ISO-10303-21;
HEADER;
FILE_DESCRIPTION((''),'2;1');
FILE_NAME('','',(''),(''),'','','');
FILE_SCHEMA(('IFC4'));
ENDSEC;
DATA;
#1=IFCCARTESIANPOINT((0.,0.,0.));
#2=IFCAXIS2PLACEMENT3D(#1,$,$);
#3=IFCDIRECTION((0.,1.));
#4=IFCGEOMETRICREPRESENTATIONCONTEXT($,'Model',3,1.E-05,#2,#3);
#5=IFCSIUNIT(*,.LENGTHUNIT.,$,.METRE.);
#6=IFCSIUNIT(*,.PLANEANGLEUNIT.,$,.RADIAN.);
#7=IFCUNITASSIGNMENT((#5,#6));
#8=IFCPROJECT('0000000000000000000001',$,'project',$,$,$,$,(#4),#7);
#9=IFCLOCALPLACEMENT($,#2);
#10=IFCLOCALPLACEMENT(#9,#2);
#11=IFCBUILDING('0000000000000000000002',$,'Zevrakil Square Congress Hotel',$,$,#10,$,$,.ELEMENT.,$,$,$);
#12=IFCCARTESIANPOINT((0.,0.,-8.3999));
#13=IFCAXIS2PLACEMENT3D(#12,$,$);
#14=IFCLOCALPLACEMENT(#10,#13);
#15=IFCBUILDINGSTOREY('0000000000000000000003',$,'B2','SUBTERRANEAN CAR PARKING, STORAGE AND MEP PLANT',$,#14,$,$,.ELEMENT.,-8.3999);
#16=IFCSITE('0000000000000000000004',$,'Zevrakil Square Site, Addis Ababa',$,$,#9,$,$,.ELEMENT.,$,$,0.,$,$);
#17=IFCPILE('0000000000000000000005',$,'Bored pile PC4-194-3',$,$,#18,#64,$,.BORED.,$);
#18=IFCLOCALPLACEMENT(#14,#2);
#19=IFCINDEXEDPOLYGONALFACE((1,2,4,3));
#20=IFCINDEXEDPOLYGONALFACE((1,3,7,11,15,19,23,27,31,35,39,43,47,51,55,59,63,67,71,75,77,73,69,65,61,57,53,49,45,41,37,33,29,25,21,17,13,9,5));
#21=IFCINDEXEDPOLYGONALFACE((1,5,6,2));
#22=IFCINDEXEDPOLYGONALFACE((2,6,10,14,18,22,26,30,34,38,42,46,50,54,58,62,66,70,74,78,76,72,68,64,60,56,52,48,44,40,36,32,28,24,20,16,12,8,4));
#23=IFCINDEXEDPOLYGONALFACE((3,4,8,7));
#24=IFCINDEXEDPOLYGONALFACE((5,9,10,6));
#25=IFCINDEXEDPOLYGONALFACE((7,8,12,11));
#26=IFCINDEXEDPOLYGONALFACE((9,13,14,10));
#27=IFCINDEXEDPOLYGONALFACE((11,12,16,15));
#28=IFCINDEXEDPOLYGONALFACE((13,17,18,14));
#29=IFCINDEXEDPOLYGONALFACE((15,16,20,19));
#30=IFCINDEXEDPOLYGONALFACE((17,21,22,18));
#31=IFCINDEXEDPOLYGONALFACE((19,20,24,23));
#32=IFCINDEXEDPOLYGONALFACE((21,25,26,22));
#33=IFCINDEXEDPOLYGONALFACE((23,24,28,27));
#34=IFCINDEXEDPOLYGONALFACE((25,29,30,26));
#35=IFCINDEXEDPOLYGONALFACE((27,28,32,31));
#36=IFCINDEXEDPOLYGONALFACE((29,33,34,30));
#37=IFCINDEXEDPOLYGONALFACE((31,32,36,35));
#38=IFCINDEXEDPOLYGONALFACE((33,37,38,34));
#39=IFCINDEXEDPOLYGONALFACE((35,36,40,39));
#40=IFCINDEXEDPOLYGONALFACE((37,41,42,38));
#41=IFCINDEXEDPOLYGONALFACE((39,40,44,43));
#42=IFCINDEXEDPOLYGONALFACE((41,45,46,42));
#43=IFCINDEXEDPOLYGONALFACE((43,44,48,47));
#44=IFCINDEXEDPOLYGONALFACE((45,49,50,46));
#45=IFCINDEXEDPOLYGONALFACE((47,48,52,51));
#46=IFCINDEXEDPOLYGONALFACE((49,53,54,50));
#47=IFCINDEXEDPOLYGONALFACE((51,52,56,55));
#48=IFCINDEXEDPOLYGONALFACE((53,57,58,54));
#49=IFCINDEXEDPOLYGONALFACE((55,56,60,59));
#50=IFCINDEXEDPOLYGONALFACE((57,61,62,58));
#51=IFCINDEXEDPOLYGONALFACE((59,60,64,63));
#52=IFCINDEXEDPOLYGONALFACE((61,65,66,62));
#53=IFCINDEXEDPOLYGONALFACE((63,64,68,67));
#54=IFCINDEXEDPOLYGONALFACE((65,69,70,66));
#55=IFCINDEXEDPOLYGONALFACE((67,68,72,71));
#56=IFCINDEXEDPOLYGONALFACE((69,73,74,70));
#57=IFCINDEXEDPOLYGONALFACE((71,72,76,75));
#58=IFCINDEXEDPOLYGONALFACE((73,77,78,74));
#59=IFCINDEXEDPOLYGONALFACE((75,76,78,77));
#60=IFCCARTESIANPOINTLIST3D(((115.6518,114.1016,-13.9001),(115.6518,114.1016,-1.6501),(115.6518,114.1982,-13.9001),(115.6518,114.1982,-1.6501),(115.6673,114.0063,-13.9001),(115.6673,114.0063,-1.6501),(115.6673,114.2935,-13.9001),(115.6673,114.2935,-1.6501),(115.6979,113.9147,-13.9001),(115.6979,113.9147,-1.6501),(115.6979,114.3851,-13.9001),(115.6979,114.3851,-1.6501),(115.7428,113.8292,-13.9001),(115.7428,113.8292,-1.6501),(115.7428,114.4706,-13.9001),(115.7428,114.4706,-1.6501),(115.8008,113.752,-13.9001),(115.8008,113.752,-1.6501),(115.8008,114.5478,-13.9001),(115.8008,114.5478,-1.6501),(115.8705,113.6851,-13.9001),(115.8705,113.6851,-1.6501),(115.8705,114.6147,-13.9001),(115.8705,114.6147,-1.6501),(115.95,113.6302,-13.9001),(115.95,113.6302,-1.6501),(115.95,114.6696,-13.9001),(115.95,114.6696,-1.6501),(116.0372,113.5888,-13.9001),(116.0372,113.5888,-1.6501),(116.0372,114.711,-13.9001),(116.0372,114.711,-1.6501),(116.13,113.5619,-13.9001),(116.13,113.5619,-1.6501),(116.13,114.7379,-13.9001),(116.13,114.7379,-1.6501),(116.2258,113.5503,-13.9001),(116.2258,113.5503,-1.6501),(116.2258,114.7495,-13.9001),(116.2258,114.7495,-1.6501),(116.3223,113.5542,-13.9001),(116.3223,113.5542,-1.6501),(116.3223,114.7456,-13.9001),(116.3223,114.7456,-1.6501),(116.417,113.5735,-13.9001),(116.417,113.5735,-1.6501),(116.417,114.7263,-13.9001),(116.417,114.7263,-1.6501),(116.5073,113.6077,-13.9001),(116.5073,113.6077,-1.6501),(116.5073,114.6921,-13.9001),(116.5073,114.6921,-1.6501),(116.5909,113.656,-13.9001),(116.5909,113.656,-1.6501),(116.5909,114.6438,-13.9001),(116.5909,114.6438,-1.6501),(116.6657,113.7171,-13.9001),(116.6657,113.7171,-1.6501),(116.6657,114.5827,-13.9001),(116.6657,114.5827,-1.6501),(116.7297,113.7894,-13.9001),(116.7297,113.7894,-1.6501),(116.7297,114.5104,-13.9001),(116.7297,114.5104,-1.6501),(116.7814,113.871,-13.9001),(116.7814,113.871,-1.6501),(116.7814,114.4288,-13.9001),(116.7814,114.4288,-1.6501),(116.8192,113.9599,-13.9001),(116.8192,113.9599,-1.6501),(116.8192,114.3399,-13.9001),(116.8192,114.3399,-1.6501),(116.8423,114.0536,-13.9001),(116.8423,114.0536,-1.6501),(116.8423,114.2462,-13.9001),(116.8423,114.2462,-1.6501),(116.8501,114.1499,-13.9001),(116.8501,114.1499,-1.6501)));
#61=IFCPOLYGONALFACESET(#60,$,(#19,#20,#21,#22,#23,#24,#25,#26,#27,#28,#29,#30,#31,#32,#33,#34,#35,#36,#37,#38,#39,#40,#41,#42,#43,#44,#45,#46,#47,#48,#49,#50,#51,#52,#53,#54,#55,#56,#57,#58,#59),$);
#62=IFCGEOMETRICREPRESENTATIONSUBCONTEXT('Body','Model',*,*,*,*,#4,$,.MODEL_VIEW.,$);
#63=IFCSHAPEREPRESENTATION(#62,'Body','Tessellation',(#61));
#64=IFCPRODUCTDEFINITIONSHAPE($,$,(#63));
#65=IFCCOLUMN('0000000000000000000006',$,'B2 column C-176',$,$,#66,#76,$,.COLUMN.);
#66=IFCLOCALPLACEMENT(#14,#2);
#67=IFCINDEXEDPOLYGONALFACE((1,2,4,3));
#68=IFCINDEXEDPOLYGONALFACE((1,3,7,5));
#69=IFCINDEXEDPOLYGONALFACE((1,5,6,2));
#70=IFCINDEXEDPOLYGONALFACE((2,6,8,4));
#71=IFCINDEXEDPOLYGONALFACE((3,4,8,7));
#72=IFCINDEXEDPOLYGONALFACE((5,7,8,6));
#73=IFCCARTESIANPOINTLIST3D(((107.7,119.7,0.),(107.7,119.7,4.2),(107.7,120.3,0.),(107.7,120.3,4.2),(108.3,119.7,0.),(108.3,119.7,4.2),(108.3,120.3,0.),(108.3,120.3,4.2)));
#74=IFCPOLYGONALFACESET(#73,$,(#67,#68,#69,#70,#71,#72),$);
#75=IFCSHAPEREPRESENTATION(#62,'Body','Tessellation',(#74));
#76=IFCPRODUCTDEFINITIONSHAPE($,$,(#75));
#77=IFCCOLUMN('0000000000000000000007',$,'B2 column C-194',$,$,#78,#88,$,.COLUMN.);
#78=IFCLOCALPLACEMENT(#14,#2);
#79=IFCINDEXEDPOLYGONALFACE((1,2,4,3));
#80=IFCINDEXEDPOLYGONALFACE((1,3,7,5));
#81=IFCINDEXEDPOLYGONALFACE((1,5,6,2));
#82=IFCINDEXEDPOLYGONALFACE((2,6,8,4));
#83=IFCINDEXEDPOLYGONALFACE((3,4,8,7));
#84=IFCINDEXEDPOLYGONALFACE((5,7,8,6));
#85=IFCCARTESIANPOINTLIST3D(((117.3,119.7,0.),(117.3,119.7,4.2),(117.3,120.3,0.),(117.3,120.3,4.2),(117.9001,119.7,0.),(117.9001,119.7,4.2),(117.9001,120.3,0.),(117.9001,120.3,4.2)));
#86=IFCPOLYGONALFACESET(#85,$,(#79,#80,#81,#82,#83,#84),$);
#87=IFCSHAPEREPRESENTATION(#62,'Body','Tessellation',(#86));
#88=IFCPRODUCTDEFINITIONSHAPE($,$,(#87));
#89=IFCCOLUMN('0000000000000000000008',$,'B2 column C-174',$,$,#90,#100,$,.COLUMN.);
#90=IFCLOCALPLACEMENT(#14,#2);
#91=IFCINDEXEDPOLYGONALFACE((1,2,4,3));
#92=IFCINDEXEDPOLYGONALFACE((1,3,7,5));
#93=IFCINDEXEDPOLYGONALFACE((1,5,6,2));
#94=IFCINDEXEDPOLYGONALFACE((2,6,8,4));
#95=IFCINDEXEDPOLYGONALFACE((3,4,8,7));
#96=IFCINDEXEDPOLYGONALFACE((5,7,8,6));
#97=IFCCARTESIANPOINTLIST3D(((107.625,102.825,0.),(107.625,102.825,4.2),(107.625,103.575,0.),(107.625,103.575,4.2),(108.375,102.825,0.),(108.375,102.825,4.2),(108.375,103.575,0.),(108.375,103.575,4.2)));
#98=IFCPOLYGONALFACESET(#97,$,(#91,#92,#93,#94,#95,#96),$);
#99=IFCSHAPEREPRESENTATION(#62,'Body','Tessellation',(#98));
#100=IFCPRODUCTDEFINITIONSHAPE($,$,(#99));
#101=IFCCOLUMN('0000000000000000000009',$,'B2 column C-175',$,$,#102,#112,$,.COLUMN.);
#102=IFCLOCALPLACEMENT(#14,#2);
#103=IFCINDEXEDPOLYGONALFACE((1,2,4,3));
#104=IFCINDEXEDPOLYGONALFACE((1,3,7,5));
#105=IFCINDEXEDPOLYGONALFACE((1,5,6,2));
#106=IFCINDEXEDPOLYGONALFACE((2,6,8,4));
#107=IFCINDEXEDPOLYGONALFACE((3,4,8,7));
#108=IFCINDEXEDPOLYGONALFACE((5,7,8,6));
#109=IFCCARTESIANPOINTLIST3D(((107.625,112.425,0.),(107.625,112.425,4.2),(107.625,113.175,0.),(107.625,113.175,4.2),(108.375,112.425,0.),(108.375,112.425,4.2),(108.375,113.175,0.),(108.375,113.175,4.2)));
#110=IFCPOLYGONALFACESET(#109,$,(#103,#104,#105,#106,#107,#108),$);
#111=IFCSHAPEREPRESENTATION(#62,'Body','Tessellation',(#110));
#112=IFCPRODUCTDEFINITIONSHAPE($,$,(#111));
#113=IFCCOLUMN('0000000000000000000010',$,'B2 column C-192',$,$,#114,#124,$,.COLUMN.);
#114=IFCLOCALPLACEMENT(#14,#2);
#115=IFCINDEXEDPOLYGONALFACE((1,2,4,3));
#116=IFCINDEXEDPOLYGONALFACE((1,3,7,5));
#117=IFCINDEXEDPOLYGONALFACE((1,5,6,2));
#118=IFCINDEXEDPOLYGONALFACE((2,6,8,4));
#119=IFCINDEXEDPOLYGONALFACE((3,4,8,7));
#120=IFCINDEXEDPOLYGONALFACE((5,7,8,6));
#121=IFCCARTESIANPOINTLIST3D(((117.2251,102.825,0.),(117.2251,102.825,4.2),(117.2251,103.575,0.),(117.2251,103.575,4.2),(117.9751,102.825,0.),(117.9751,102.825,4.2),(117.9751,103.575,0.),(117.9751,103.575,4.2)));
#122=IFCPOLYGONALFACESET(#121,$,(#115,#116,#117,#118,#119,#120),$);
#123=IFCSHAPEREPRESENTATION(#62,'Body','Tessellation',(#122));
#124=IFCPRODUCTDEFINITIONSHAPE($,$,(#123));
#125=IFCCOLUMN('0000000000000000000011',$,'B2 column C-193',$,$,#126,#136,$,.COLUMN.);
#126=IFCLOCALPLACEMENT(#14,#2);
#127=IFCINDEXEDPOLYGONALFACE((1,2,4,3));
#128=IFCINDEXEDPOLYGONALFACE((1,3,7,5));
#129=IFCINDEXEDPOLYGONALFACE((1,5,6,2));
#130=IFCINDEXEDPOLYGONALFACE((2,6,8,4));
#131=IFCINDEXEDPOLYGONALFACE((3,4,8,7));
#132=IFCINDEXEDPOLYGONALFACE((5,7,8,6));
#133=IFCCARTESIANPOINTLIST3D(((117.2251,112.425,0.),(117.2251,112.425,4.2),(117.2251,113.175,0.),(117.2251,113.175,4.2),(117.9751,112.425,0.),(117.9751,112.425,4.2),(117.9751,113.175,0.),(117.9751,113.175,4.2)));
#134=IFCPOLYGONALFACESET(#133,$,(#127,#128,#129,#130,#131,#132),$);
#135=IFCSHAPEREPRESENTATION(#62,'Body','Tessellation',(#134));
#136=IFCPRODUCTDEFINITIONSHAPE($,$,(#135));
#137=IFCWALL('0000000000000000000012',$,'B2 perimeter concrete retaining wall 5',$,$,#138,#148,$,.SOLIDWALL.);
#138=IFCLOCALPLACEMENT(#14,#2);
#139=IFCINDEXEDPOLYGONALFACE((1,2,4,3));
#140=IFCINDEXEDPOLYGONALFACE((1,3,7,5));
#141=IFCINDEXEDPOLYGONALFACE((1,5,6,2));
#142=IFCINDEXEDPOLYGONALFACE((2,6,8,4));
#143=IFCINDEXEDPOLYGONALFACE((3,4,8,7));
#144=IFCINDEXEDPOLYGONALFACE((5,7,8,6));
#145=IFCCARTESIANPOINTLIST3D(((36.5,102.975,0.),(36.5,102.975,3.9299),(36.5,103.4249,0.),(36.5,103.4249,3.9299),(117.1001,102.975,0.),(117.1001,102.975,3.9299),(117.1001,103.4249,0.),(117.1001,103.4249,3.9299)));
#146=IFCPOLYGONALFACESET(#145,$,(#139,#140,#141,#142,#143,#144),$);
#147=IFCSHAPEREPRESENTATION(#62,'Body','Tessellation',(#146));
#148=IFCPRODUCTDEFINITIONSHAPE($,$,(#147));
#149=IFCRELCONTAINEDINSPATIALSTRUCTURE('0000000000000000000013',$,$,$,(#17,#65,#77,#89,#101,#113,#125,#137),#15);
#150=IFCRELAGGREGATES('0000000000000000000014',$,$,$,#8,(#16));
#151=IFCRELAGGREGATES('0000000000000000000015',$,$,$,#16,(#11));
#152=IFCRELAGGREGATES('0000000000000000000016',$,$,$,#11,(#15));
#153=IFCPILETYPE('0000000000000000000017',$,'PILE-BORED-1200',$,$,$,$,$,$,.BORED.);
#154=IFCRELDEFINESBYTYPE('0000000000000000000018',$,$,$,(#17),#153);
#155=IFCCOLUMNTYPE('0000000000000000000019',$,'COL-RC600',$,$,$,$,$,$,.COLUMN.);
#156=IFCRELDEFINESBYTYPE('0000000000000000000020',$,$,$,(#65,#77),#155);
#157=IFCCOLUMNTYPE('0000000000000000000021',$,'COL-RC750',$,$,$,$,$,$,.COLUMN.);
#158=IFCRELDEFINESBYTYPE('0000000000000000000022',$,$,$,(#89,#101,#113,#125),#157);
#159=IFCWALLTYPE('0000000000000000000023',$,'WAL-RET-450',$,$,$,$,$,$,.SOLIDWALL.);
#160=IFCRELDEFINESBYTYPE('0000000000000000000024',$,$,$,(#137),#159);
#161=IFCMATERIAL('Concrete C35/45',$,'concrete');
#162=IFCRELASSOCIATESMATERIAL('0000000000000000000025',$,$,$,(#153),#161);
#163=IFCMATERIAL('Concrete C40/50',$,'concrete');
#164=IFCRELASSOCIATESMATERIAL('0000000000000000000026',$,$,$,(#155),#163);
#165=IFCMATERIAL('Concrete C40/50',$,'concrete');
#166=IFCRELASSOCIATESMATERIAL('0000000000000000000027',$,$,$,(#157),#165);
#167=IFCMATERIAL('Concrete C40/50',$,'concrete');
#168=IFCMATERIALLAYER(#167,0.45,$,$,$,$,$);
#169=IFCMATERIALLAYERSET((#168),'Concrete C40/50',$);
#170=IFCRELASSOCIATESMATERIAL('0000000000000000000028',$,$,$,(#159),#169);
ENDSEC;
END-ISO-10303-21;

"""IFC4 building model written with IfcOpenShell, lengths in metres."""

from ifc_helpers import new_model, si_unit, direction, frame, frame_2d, origin, origin_2d, place, context, subcontext, project, spatial, rectangle, circle, extrude, material, layer, layer_set, material_profile, profile_set, type_object, element, save


model = new_model("IFC4")

# Units and contexts
model_context = context("Model", 3, precision=1e-05, world=origin(), true_north=direction((0.0, 1.0)))
body_context = subcontext(model_context, "Body", "Model", "MODEL_VIEW")
ifc_project = project(units=[si_unit("LENGTHUNIT", "METRE"), si_unit("PLANEANGLEUNIT", "RADIAN")], contexts=[model_context])

# Site, building, storey
site_placement = place(None, origin())
site = spatial("IfcSite", under=ifc_project, at=site_placement, Name="Zevrakil Square Site, Addis Ababa", CompositionType="ELEMENT", RefElevation=0.0)
building_placement = place(site_placement, origin())
building = spatial("IfcBuilding", under=site, at=building_placement, Name="Zevrakil Square Congress Hotel", CompositionType="ELEMENT")
storey_placement = place(building_placement, frame((0.0, 0.0, -8.3999)))
storey = spatial("IfcBuildingStorey", under=building, at=storey_placement, Name="B2", Description="SUBTERRANEAN CAR PARKING, STORAGE AND MEP PLANT", CompositionType="ELEMENT", Elevation=-8.3999)

# Pile
ifc_material_1 = material(Name="Concrete C35/45", Category="concrete")
ifc_material_profile_1 = material_profile(ifc_material_1, circle(Radius=0.6001, at=origin_2d()), Name="PILE D1200")
ifc_profile_set_1 = profile_set([ifc_material_profile_1], Name="Concrete C35/45")
pile_type_1 = type_object("IfcPileType", Name="PILE-BORED-1200", PredefinedType="BORED", material=ifc_profile_set_1)
for number, where, z_axis, x_axis, name in (
    (1, (116.25, 114.1499, -1.6501), (0.0, 0.0, -1.0), (1.0, 0.0, 0.0), "Bored pile PC4-194-3"),
):
    element("IfcPile", number, at=place(storey_placement, frame(where, z_axis=z_axis, x_axis=x_axis)), inside=storey, type_object=pile_type_1, Name=name, PredefinedType="BORED", context=body_context, shape_type="SweptSolid", body=[
        extrude(circle(Radius=0.6001, at=origin_2d()), origin(), (0.0, 0.0, 1.0), 12.25),
    ])

# Columns
ifc_material_2 = material(Name="Concrete C40/50", Category="concrete")
ifc_material_profile_2 = material_profile(ifc_material_2, rectangle(XDim=0.6001, YDim=0.6001, at=origin_2d()), Name="RC 600x600")
ifc_profile_set_2 = profile_set([ifc_material_profile_2], Name="Concrete C40/50")
column_type_1 = type_object("IfcColumnType", Name="COL-RC600", PredefinedType="COLUMN", material=ifc_profile_set_2)
for number, where, z_axis, x_axis, name in (
    (2, (108.0, 120.0, 0.0), (0.0, 0.0, 1.0), (1.0, 0.0, 0.0), "B2 column C-176"),
    (3, (117.6001, 120.0, 0.0), (0.0, 0.0, 1.0), (1.0, 0.0, 0.0), "B2 column C-194"),
):
    element("IfcColumn", number, at=place(storey_placement, frame(where, z_axis=z_axis, x_axis=x_axis)), inside=storey, type_object=column_type_1, Name=name, PredefinedType="COLUMN", context=body_context, shape_type="SweptSolid", body=[
        extrude(rectangle(XDim=0.6001, YDim=0.6001, at=origin_2d()), origin(), (0.0, 0.0, 1.0), 4.2),
    ])
ifc_material_3 = material(Name="Concrete C40/50", Category="concrete")
ifc_material_profile_3 = material_profile(ifc_material_3, rectangle(XDim=0.75, YDim=0.75, at=origin_2d()), Name="RC 750x750")
ifc_profile_set_3 = profile_set([ifc_material_profile_3], Name="Concrete C40/50")
column_type_2 = type_object("IfcColumnType", Name="COL-RC750", PredefinedType="COLUMN", material=ifc_profile_set_3)
for number, where, z_axis, x_axis, name in (
    (4, (108.0, 103.2, 0.0), (0.0, 0.0, 1.0), (1.0, 0.0, 0.0), "B2 column C-174"),
    (5, (108.0, 112.8, 0.0), (0.0, 0.0, 1.0), (1.0, 0.0, 0.0), "B2 column C-175"),
    (6, (117.6001, 103.2, 0.0), (0.0, 0.0, 1.0), (1.0, 0.0, 0.0), "B2 column C-192"),
    (7, (117.6001, 112.8, 0.0), (0.0, 0.0, 1.0), (1.0, 0.0, 0.0), "B2 column C-193"),
):
    element("IfcColumn", number, at=place(storey_placement, frame(where, z_axis=z_axis, x_axis=x_axis)), inside=storey, type_object=column_type_2, Name=name, PredefinedType="COLUMN", context=body_context, shape_type="SweptSolid", body=[
        extrude(rectangle(XDim=0.75, YDim=0.75, at=origin_2d()), origin(), (0.0, 0.0, 1.0), 4.2),
    ])

# Wall
ifc_material_4 = material(Name="Concrete C40/50", Category="concrete")
ifc_layer = layer(ifc_material_4, 0.45)
ifc_layer_set = layer_set([ifc_layer], Name="Concrete C40/50")
wall_type = type_object("IfcWallType", Name="WAL-RET-450", PredefinedType="SOLIDWALL", material=ifc_layer_set)
wall_placement = place(storey_placement, frame((117.1001, 103.2, 0.0), z_axis=(0.0, 0.0, 1.0), x_axis=(-1.0, 0.0, 0.0)))
element("IfcWall", 8, at=wall_placement, inside=storey, type_object=wall_type, Name="B2 perimeter concrete retaining wall 5", PredefinedType="SOLIDWALL", context=body_context, shape_type="SweptSolid", body=[
    extrude(rectangle(XDim=80.6001, YDim=0.45, at=frame_2d((40.3, 0.0))), origin(), (0.0, 0.0, 1.0), 3.9299),
])

save(model, "model.ifc")
